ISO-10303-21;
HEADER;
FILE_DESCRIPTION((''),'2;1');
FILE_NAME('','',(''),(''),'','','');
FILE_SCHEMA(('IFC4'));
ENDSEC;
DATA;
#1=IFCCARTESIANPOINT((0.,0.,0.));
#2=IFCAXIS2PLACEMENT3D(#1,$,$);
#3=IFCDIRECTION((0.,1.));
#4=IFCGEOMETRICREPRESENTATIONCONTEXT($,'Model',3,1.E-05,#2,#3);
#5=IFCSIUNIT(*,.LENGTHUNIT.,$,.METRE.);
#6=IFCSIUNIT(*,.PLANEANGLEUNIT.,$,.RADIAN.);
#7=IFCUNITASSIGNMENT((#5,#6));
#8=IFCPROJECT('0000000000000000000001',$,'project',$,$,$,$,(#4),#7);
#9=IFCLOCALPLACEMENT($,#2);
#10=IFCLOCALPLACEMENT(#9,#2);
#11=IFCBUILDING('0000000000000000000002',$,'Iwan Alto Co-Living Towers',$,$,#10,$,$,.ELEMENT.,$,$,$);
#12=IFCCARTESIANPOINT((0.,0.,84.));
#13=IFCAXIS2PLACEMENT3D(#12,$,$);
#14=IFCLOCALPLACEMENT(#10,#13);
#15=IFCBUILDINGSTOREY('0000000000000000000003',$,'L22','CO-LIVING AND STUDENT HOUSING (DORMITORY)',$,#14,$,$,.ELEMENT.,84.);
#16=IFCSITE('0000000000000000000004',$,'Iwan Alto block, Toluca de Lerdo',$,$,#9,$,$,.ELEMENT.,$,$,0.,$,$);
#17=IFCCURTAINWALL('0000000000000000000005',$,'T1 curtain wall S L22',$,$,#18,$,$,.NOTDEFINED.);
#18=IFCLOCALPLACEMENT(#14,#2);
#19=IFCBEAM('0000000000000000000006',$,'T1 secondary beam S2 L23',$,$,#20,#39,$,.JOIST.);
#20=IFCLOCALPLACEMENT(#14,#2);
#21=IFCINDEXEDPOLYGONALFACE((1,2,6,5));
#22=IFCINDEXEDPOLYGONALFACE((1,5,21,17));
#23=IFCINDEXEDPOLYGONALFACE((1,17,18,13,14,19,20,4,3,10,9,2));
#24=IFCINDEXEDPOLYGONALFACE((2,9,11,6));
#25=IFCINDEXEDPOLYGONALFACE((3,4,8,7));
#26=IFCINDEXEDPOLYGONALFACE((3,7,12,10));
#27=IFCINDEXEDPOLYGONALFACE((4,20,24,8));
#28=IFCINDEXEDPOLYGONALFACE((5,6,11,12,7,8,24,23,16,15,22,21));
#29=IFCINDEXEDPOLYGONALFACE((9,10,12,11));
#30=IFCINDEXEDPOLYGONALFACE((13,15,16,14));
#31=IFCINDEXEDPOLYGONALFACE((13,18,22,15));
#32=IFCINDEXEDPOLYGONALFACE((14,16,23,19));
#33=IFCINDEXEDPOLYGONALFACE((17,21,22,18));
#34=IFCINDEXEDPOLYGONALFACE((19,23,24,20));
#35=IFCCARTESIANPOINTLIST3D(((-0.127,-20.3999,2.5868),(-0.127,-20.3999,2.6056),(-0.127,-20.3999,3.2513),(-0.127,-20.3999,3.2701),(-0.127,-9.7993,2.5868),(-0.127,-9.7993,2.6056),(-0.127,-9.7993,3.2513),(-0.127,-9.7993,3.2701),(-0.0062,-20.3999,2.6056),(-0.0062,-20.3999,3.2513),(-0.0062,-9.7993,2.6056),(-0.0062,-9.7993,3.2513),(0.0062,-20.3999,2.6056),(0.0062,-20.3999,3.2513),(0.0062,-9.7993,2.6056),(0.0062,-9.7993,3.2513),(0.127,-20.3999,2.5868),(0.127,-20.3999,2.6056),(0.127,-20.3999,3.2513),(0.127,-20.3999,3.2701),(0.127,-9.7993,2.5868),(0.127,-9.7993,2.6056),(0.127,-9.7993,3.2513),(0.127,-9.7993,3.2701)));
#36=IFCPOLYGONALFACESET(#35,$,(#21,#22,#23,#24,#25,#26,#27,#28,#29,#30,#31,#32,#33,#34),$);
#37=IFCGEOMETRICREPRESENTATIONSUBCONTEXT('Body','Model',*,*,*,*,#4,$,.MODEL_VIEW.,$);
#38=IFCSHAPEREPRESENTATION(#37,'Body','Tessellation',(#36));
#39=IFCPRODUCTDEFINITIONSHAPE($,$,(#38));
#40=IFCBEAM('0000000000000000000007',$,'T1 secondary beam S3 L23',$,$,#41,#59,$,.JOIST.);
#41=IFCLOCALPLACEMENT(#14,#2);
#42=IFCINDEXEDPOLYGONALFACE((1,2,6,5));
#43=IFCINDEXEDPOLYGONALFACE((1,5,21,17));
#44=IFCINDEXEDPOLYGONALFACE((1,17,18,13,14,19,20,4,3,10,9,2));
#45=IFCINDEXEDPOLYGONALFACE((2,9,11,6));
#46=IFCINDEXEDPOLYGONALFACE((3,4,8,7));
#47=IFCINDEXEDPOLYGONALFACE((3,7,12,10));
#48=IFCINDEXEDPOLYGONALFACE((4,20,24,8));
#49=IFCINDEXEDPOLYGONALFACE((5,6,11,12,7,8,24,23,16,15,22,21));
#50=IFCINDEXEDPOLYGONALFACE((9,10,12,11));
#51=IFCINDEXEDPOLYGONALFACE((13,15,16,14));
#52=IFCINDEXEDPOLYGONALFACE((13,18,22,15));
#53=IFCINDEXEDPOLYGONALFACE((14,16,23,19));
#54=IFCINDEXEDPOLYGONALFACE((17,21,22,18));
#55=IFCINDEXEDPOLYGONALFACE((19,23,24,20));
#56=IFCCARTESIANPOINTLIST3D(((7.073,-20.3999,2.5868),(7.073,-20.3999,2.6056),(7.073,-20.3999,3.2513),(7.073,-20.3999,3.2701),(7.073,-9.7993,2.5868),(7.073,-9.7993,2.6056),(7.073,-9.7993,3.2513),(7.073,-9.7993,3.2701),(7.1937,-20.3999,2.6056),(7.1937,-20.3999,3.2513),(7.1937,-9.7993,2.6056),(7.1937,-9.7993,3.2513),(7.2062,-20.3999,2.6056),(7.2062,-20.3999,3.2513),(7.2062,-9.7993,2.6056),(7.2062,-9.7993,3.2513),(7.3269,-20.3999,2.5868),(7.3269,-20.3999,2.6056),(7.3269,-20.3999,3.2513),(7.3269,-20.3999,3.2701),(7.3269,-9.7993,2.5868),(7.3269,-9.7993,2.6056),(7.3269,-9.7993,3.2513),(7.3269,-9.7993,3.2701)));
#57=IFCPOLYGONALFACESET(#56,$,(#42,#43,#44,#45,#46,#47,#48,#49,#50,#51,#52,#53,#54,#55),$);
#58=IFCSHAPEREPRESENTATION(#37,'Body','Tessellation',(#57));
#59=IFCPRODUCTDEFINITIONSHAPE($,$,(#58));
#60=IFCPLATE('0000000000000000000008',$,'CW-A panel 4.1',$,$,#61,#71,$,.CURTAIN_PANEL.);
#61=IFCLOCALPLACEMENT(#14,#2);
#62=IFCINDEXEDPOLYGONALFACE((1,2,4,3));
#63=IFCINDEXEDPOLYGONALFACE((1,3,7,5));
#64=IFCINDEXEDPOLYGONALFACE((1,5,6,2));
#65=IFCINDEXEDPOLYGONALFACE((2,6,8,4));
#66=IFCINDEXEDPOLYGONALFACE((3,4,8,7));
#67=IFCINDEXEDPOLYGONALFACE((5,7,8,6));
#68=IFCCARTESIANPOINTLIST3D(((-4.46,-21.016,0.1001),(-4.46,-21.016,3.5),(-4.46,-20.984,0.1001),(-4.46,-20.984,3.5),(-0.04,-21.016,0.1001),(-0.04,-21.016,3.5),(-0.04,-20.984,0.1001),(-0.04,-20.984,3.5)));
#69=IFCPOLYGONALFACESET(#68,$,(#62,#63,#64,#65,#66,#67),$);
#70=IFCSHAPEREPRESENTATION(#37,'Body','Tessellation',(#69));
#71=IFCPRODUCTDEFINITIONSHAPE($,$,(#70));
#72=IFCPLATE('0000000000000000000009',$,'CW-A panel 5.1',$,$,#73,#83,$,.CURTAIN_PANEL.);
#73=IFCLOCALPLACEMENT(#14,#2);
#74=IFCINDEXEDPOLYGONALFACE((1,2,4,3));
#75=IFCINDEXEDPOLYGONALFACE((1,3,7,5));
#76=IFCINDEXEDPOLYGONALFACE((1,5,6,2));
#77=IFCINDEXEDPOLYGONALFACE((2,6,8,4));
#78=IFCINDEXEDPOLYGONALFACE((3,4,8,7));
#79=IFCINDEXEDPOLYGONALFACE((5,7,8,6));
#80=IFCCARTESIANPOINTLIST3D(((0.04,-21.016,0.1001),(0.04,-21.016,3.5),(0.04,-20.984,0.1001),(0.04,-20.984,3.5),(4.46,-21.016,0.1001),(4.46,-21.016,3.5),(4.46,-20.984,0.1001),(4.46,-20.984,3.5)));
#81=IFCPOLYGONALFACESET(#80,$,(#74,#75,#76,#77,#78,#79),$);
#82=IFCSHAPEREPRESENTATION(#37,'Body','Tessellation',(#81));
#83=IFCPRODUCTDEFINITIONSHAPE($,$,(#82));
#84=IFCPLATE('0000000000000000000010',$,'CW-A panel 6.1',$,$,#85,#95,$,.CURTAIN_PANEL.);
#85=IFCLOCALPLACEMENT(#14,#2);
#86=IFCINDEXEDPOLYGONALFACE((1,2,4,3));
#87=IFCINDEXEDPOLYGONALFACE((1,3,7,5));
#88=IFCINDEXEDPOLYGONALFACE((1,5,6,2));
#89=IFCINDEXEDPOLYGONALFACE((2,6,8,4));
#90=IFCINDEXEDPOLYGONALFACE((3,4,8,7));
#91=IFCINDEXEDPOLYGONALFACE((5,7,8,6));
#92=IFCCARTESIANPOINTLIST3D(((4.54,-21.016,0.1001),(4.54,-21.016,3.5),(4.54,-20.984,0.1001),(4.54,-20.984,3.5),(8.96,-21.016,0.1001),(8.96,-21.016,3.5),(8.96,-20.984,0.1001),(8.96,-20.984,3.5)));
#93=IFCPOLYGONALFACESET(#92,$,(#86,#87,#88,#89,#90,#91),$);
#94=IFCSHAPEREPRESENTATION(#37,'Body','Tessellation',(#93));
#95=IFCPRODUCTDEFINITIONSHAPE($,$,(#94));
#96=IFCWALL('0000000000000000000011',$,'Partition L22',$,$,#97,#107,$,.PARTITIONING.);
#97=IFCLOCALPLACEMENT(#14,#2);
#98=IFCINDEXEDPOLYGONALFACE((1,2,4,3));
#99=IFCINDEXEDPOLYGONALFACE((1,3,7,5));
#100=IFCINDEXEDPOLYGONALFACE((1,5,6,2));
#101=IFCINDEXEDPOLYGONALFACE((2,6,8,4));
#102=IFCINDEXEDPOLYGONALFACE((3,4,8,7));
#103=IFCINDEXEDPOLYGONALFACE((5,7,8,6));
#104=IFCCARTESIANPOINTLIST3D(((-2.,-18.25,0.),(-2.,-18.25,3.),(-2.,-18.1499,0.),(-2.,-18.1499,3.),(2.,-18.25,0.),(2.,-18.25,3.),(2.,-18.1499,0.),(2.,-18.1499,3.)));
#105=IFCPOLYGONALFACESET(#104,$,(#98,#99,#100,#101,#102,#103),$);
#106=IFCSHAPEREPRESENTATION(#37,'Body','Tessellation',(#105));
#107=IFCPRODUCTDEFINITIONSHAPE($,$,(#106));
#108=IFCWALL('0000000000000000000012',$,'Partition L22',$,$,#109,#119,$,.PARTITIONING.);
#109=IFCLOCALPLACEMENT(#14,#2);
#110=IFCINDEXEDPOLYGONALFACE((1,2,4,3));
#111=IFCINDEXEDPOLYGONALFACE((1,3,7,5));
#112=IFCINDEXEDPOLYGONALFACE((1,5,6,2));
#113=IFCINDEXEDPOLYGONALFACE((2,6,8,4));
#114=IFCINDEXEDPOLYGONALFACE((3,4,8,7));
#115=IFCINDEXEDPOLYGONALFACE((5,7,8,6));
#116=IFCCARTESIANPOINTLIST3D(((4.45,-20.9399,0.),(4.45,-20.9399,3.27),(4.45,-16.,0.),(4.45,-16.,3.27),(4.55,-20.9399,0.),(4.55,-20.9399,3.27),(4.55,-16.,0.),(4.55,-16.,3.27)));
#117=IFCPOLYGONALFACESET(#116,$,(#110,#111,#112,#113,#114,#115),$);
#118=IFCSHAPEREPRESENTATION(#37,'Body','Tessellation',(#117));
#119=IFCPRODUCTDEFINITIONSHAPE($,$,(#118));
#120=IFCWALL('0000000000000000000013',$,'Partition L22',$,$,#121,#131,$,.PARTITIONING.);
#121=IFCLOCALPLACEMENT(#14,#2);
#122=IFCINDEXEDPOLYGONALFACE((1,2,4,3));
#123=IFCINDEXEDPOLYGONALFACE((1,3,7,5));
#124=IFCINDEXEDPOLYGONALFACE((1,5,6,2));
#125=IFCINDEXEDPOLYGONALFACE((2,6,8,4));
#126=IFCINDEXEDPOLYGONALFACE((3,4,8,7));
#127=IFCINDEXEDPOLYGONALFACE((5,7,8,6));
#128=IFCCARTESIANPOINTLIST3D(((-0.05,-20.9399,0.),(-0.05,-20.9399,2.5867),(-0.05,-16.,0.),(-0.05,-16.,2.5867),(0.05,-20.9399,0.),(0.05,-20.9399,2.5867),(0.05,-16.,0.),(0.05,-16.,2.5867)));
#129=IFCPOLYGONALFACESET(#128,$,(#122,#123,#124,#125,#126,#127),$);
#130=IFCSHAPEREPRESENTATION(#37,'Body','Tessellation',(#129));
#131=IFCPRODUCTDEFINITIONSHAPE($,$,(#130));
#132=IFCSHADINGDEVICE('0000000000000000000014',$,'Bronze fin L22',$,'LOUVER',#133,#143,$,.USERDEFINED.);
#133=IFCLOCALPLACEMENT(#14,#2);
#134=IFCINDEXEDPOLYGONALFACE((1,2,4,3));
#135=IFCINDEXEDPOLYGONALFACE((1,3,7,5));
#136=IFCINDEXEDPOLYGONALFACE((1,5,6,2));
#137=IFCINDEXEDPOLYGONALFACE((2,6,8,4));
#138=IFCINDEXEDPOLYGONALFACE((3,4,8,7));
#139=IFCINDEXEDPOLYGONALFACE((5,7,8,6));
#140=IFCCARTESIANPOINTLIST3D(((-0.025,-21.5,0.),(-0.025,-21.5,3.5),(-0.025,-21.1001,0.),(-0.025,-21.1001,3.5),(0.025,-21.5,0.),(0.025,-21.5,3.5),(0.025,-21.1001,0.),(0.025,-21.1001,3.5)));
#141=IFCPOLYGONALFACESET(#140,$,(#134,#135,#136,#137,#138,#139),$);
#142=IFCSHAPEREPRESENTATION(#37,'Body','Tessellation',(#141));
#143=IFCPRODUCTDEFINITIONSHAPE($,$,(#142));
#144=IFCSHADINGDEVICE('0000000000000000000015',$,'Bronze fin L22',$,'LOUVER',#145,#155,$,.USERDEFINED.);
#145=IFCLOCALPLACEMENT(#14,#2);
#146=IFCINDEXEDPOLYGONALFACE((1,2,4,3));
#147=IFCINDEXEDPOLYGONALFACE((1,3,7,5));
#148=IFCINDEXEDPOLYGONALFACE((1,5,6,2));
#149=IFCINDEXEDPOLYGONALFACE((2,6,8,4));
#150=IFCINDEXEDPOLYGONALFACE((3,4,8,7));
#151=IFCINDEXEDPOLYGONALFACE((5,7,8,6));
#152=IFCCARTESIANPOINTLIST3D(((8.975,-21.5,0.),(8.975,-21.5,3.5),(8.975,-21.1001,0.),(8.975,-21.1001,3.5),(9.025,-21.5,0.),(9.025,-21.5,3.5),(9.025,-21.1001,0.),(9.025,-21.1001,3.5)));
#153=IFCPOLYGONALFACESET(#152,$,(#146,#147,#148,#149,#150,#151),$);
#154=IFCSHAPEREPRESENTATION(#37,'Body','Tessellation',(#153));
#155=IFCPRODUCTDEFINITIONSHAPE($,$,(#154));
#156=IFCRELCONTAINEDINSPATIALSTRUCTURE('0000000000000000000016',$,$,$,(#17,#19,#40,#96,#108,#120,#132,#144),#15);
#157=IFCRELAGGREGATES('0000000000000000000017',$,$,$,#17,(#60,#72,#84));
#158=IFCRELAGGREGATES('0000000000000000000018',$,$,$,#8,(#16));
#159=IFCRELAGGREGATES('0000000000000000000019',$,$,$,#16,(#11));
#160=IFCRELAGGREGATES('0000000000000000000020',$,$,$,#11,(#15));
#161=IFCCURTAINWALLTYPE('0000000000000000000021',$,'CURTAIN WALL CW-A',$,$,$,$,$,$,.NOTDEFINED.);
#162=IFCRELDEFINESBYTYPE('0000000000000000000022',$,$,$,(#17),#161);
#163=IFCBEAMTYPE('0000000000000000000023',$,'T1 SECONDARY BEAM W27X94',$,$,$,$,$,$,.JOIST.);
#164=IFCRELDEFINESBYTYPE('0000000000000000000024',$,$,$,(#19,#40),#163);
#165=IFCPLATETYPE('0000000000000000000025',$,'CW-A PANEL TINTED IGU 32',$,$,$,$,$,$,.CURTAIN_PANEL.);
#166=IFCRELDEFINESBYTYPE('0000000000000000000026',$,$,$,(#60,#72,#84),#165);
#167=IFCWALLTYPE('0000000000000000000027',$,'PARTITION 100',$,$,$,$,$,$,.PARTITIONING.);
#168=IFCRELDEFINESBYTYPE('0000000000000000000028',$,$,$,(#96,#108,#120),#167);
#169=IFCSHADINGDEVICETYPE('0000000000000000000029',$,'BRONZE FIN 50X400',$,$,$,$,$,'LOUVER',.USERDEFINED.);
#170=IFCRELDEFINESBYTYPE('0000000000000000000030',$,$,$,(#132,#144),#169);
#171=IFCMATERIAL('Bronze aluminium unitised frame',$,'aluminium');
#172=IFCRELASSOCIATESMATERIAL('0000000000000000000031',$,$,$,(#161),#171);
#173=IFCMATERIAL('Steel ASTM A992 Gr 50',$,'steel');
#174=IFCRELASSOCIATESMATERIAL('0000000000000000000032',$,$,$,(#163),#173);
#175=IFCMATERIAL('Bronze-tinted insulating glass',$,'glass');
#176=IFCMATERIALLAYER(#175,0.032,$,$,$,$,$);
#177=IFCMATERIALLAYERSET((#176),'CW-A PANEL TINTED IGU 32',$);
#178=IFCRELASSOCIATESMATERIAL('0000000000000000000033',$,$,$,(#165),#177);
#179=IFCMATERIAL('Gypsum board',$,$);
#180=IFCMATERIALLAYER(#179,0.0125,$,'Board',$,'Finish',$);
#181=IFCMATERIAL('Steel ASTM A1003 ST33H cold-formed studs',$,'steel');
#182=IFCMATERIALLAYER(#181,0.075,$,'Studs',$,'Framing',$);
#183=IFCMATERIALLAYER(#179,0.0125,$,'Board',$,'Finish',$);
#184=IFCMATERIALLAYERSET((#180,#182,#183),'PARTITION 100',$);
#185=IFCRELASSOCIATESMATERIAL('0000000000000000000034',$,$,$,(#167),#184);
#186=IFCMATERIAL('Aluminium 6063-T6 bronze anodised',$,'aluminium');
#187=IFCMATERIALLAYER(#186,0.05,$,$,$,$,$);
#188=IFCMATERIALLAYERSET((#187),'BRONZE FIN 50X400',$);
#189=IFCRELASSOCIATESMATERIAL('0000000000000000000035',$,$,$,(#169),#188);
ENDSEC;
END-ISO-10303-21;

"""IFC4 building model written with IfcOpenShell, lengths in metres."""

from ifc_helpers import new_model, si_unit, direction, frame, frame_2d, origin, origin_2d, place, context, subcontext, project, spatial, rectangle, i_section, extrude, material, layer, layer_set, material_profile, profile_set, type_object, element, aggregate, save


model = new_model("IFC4")

# Units and contexts
model_context = context("Model", 3, precision=1e-05, world=origin(), true_north=direction((0.0, 1.0)))
body_context = subcontext(model_context, "Body", "Model", "MODEL_VIEW")
ifc_project = project(units=[si_unit("LENGTHUNIT", "METRE"), si_unit("PLANEANGLEUNIT", "RADIAN")], contexts=[model_context])

# Site, building, storey
site_placement = place(None, origin())
site = spatial("IfcSite", under=ifc_project, at=site_placement, Name="Iwan Alto block, Toluca de Lerdo", CompositionType="ELEMENT", RefElevation=0.0)
building_placement = place(site_placement, origin())
building = spatial("IfcBuilding", under=site, at=building_placement, Name="Iwan Alto Co-Living Towers", CompositionType="ELEMENT")
storey_placement = place(building_placement, frame((0.0, 0.0, 84.0)))
storey = spatial("IfcBuildingStorey", under=building, at=storey_placement, Name="L22", Description="CO-LIVING AND STUDENT HOUSING (DORMITORY)", CompositionType="ELEMENT", Elevation=84.0)

# Curtain wall
ifc_material_1 = material(Name="Bronze aluminium unitised frame", Category="aluminium")
curtain_wall_type = type_object("IfcCurtainWallType", Name="CURTAIN WALL CW-A", PredefinedType="NOTDEFINED", material=ifc_material_1)
curtain_wall_placement = place(storey_placement, origin())
curtain_wall = element("IfcCurtainWall", 1, at=curtain_wall_placement, inside=storey, type_object=curtain_wall_type, Name="T1 curtain wall S L22", PredefinedType="NOTDEFINED")

# Beams
ifc_material_2 = material(Name="Steel ASTM A992 Gr 50", Category="steel")
ifc_material_profile_1 = material_profile(ifc_material_2, i_section(OverallWidth=0.2539, OverallDepth=0.6833, WebThickness=0.0125, FlangeThickness=0.0188, at=origin_2d()), Name="W27X94")
ifc_profile_set_1 = profile_set([ifc_material_profile_1], Name="Steel ASTM A992 Gr 50")
beam_type_1 = type_object("IfcBeamType", Name="T1 SECONDARY BEAM W27X94", PredefinedType="JOIST", material=ifc_profile_set_1)
for number, where, z_axis, x_axis, name in (
    (2, (0.0, -20.3999, 2.9285), (0.0, 1.0, 0.0), (-1.0, 0.0, 0.0), "T1 secondary beam S2 L23"),
    (3, (7.2, -20.3999, 2.9285), (0.0, 1.0, 0.0), (-1.0, 0.0, 0.0), "T1 secondary beam S3 L23"),
):
    element("IfcBeam", number, at=place(storey_placement, frame(where, z_axis=z_axis, x_axis=x_axis)), inside=storey, type_object=beam_type_1, Name=name, PredefinedType="JOIST", context=body_context, shape_type="SweptSolid", body=[
        extrude(i_section(OverallWidth=0.2539, OverallDepth=0.6833, WebThickness=0.0125, FlangeThickness=0.0188, at=origin_2d()), origin(), (0.0, 0.0, 1.0), 10.6006),
    ])

# Plates
ifc_material_3 = material(Name="Bronze-tinted insulating glass", Category="glass")
ifc_layer_1 = layer(ifc_material_3, 0.032)
ifc_layer_set_1 = layer_set([ifc_layer_1], Name="CW-A PANEL TINTED IGU 32")
plate_type = type_object("IfcPlateType", Name="CW-A PANEL TINTED IGU 32", PredefinedType="CURTAIN_PANEL", material=ifc_layer_set_1)
plate_1_placement = place(storey_placement, frame((-2.25, -21.0, 0.1001), z_axis=(0.0, 0.0, 1.0), x_axis=(1.0, 0.0, 0.0)))
plate_1 = element("IfcPlate", 4, at=plate_1_placement, type_object=plate_type, Name="CW-A panel 4.1", PredefinedType="CURTAIN_PANEL", context=body_context, shape_type="SweptSolid", body=[
    extrude(rectangle(XDim=4.4199, YDim=0.032, at=origin_2d()), origin(), (0.0, 0.0, 1.0), 3.3999),
])
plate_2_placement = place(storey_placement, frame((2.25, -21.0, 0.1001), z_axis=(0.0, 0.0, 1.0), x_axis=(1.0, 0.0, 0.0)))
plate_2 = element("IfcPlate", 5, at=plate_2_placement, type_object=plate_type, Name="CW-A panel 5.1", PredefinedType="CURTAIN_PANEL", context=body_context, shape_type="SweptSolid", body=[
    extrude(rectangle(XDim=4.4199, YDim=0.032, at=origin_2d()), origin(), (0.0, 0.0, 1.0), 3.3999),
])
plate_3_placement = place(storey_placement, frame((6.75, -21.0, 0.1001), z_axis=(0.0, 0.0, 1.0), x_axis=(1.0, 0.0, 0.0)))
plate_3 = element("IfcPlate", 6, at=plate_3_placement, type_object=plate_type, Name="CW-A panel 6.1", PredefinedType="CURTAIN_PANEL", context=body_context, shape_type="SweptSolid", body=[
    extrude(rectangle(XDim=4.4199, YDim=0.032, at=origin_2d()), origin(), (0.0, 0.0, 1.0), 3.3999),
])
aggregate(curtain_wall, [plate_1, plate_2, plate_3])

# Walls
ifc_material_4 = material(Name="Gypsum board")
ifc_layer_2 = layer(ifc_material_4, 0.0125, Name="Board", Category="Finish")
ifc_material_5 = material(Name="Steel ASTM A1003 ST33H cold-formed studs", Category="steel")
ifc_layer_3 = layer(ifc_material_5, 0.075, Name="Studs", Category="Framing")
ifc_layer_4 = layer(ifc_material_4, 0.0125, Name="Board", Category="Finish")
ifc_layer_set_2 = layer_set([ifc_layer_2, ifc_layer_3, ifc_layer_4], Name="PARTITION 100")
wall_type = type_object("IfcWallType", Name="PARTITION 100", PredefinedType="PARTITIONING", material=ifc_layer_set_2)
wall_1_placement = place(storey_placement, frame((-2.0, -18.2, 0.0), z_axis=(0.0, 0.0, 1.0), x_axis=(1.0, 0.0, 0.0)))
element("IfcWall", 7, at=wall_1_placement, inside=storey, type_object=wall_type, Name="Partition L22", PredefinedType="PARTITIONING", context=body_context, shape_type="SweptSolid", body=[
    extrude(rectangle(XDim=4.0, YDim=0.1001, at=frame_2d((2.0, 0.0))), origin(), (0.0, 0.0, 1.0), 3.0),
])
wall_2_placement = place(storey_placement, frame((4.5, -20.9399, 0.0), z_axis=(0.0, 0.0, 1.0), x_axis=(0.0, 1.0, 0.0)))
element("IfcWall", 8, at=wall_2_placement, inside=storey, type_object=wall_type, Name="Partition L22", PredefinedType="PARTITIONING", context=body_context, shape_type="SweptSolid", body=[
    extrude(rectangle(XDim=4.9399, YDim=0.1001, at=frame_2d((2.47, 0.0))), origin(), (0.0, 0.0, 1.0), 3.27),
])
wall_3_placement = place(storey_placement, frame((0.0, -20.9399, 0.0), z_axis=(0.0, 0.0, 1.0), x_axis=(0.0, 1.0, 0.0)))
element("IfcWall", 9, at=wall_3_placement, inside=storey, type_object=wall_type, Name="Partition L22", PredefinedType="PARTITIONING", context=body_context, shape_type="SweptSolid", body=[
    extrude(rectangle(XDim=4.9399, YDim=0.1001, at=frame_2d((2.47, 0.0))), origin(), (0.0, 0.0, 1.0), 2.5867),
])

# Shading devices
ifc_material_6 = material(Name="Aluminium 6063-T6 bronze anodised", Category="aluminium")
ifc_layer_5 = layer(ifc_material_6, 0.05)
ifc_layer_set_3 = layer_set([ifc_layer_5], Name="BRONZE FIN 50X400")
shading_device_type = type_object("IfcShadingDeviceType", Name="BRONZE FIN 50X400", ElementType="LOUVER", PredefinedType="USERDEFINED", material=ifc_layer_set_3)
for number, where, z_axis, x_axis, name in (
    (10, (0.0, -21.3, 0.0), (0.0, 0.0, 1.0), (1.0, 0.0, 0.0), "Bronze fin L22"),
    (11, (9.0, -21.3, 0.0), (0.0, 0.0, 1.0), (1.0, 0.0, 0.0), "Bronze fin L22"),
):
    element("IfcShadingDevice", number, at=place(storey_placement, frame(where, z_axis=z_axis, x_axis=x_axis)), inside=storey, type_object=shading_device_type, Name=name, ObjectType="LOUVER", PredefinedType="USERDEFINED", context=body_context, shape_type="SweptSolid", body=[
        extrude(rectangle(XDim=0.05, YDim=0.3999, at=origin_2d()), origin(), (0.0, 0.0, 1.0), 3.5),
    ])

save(model, "model.ifc")
